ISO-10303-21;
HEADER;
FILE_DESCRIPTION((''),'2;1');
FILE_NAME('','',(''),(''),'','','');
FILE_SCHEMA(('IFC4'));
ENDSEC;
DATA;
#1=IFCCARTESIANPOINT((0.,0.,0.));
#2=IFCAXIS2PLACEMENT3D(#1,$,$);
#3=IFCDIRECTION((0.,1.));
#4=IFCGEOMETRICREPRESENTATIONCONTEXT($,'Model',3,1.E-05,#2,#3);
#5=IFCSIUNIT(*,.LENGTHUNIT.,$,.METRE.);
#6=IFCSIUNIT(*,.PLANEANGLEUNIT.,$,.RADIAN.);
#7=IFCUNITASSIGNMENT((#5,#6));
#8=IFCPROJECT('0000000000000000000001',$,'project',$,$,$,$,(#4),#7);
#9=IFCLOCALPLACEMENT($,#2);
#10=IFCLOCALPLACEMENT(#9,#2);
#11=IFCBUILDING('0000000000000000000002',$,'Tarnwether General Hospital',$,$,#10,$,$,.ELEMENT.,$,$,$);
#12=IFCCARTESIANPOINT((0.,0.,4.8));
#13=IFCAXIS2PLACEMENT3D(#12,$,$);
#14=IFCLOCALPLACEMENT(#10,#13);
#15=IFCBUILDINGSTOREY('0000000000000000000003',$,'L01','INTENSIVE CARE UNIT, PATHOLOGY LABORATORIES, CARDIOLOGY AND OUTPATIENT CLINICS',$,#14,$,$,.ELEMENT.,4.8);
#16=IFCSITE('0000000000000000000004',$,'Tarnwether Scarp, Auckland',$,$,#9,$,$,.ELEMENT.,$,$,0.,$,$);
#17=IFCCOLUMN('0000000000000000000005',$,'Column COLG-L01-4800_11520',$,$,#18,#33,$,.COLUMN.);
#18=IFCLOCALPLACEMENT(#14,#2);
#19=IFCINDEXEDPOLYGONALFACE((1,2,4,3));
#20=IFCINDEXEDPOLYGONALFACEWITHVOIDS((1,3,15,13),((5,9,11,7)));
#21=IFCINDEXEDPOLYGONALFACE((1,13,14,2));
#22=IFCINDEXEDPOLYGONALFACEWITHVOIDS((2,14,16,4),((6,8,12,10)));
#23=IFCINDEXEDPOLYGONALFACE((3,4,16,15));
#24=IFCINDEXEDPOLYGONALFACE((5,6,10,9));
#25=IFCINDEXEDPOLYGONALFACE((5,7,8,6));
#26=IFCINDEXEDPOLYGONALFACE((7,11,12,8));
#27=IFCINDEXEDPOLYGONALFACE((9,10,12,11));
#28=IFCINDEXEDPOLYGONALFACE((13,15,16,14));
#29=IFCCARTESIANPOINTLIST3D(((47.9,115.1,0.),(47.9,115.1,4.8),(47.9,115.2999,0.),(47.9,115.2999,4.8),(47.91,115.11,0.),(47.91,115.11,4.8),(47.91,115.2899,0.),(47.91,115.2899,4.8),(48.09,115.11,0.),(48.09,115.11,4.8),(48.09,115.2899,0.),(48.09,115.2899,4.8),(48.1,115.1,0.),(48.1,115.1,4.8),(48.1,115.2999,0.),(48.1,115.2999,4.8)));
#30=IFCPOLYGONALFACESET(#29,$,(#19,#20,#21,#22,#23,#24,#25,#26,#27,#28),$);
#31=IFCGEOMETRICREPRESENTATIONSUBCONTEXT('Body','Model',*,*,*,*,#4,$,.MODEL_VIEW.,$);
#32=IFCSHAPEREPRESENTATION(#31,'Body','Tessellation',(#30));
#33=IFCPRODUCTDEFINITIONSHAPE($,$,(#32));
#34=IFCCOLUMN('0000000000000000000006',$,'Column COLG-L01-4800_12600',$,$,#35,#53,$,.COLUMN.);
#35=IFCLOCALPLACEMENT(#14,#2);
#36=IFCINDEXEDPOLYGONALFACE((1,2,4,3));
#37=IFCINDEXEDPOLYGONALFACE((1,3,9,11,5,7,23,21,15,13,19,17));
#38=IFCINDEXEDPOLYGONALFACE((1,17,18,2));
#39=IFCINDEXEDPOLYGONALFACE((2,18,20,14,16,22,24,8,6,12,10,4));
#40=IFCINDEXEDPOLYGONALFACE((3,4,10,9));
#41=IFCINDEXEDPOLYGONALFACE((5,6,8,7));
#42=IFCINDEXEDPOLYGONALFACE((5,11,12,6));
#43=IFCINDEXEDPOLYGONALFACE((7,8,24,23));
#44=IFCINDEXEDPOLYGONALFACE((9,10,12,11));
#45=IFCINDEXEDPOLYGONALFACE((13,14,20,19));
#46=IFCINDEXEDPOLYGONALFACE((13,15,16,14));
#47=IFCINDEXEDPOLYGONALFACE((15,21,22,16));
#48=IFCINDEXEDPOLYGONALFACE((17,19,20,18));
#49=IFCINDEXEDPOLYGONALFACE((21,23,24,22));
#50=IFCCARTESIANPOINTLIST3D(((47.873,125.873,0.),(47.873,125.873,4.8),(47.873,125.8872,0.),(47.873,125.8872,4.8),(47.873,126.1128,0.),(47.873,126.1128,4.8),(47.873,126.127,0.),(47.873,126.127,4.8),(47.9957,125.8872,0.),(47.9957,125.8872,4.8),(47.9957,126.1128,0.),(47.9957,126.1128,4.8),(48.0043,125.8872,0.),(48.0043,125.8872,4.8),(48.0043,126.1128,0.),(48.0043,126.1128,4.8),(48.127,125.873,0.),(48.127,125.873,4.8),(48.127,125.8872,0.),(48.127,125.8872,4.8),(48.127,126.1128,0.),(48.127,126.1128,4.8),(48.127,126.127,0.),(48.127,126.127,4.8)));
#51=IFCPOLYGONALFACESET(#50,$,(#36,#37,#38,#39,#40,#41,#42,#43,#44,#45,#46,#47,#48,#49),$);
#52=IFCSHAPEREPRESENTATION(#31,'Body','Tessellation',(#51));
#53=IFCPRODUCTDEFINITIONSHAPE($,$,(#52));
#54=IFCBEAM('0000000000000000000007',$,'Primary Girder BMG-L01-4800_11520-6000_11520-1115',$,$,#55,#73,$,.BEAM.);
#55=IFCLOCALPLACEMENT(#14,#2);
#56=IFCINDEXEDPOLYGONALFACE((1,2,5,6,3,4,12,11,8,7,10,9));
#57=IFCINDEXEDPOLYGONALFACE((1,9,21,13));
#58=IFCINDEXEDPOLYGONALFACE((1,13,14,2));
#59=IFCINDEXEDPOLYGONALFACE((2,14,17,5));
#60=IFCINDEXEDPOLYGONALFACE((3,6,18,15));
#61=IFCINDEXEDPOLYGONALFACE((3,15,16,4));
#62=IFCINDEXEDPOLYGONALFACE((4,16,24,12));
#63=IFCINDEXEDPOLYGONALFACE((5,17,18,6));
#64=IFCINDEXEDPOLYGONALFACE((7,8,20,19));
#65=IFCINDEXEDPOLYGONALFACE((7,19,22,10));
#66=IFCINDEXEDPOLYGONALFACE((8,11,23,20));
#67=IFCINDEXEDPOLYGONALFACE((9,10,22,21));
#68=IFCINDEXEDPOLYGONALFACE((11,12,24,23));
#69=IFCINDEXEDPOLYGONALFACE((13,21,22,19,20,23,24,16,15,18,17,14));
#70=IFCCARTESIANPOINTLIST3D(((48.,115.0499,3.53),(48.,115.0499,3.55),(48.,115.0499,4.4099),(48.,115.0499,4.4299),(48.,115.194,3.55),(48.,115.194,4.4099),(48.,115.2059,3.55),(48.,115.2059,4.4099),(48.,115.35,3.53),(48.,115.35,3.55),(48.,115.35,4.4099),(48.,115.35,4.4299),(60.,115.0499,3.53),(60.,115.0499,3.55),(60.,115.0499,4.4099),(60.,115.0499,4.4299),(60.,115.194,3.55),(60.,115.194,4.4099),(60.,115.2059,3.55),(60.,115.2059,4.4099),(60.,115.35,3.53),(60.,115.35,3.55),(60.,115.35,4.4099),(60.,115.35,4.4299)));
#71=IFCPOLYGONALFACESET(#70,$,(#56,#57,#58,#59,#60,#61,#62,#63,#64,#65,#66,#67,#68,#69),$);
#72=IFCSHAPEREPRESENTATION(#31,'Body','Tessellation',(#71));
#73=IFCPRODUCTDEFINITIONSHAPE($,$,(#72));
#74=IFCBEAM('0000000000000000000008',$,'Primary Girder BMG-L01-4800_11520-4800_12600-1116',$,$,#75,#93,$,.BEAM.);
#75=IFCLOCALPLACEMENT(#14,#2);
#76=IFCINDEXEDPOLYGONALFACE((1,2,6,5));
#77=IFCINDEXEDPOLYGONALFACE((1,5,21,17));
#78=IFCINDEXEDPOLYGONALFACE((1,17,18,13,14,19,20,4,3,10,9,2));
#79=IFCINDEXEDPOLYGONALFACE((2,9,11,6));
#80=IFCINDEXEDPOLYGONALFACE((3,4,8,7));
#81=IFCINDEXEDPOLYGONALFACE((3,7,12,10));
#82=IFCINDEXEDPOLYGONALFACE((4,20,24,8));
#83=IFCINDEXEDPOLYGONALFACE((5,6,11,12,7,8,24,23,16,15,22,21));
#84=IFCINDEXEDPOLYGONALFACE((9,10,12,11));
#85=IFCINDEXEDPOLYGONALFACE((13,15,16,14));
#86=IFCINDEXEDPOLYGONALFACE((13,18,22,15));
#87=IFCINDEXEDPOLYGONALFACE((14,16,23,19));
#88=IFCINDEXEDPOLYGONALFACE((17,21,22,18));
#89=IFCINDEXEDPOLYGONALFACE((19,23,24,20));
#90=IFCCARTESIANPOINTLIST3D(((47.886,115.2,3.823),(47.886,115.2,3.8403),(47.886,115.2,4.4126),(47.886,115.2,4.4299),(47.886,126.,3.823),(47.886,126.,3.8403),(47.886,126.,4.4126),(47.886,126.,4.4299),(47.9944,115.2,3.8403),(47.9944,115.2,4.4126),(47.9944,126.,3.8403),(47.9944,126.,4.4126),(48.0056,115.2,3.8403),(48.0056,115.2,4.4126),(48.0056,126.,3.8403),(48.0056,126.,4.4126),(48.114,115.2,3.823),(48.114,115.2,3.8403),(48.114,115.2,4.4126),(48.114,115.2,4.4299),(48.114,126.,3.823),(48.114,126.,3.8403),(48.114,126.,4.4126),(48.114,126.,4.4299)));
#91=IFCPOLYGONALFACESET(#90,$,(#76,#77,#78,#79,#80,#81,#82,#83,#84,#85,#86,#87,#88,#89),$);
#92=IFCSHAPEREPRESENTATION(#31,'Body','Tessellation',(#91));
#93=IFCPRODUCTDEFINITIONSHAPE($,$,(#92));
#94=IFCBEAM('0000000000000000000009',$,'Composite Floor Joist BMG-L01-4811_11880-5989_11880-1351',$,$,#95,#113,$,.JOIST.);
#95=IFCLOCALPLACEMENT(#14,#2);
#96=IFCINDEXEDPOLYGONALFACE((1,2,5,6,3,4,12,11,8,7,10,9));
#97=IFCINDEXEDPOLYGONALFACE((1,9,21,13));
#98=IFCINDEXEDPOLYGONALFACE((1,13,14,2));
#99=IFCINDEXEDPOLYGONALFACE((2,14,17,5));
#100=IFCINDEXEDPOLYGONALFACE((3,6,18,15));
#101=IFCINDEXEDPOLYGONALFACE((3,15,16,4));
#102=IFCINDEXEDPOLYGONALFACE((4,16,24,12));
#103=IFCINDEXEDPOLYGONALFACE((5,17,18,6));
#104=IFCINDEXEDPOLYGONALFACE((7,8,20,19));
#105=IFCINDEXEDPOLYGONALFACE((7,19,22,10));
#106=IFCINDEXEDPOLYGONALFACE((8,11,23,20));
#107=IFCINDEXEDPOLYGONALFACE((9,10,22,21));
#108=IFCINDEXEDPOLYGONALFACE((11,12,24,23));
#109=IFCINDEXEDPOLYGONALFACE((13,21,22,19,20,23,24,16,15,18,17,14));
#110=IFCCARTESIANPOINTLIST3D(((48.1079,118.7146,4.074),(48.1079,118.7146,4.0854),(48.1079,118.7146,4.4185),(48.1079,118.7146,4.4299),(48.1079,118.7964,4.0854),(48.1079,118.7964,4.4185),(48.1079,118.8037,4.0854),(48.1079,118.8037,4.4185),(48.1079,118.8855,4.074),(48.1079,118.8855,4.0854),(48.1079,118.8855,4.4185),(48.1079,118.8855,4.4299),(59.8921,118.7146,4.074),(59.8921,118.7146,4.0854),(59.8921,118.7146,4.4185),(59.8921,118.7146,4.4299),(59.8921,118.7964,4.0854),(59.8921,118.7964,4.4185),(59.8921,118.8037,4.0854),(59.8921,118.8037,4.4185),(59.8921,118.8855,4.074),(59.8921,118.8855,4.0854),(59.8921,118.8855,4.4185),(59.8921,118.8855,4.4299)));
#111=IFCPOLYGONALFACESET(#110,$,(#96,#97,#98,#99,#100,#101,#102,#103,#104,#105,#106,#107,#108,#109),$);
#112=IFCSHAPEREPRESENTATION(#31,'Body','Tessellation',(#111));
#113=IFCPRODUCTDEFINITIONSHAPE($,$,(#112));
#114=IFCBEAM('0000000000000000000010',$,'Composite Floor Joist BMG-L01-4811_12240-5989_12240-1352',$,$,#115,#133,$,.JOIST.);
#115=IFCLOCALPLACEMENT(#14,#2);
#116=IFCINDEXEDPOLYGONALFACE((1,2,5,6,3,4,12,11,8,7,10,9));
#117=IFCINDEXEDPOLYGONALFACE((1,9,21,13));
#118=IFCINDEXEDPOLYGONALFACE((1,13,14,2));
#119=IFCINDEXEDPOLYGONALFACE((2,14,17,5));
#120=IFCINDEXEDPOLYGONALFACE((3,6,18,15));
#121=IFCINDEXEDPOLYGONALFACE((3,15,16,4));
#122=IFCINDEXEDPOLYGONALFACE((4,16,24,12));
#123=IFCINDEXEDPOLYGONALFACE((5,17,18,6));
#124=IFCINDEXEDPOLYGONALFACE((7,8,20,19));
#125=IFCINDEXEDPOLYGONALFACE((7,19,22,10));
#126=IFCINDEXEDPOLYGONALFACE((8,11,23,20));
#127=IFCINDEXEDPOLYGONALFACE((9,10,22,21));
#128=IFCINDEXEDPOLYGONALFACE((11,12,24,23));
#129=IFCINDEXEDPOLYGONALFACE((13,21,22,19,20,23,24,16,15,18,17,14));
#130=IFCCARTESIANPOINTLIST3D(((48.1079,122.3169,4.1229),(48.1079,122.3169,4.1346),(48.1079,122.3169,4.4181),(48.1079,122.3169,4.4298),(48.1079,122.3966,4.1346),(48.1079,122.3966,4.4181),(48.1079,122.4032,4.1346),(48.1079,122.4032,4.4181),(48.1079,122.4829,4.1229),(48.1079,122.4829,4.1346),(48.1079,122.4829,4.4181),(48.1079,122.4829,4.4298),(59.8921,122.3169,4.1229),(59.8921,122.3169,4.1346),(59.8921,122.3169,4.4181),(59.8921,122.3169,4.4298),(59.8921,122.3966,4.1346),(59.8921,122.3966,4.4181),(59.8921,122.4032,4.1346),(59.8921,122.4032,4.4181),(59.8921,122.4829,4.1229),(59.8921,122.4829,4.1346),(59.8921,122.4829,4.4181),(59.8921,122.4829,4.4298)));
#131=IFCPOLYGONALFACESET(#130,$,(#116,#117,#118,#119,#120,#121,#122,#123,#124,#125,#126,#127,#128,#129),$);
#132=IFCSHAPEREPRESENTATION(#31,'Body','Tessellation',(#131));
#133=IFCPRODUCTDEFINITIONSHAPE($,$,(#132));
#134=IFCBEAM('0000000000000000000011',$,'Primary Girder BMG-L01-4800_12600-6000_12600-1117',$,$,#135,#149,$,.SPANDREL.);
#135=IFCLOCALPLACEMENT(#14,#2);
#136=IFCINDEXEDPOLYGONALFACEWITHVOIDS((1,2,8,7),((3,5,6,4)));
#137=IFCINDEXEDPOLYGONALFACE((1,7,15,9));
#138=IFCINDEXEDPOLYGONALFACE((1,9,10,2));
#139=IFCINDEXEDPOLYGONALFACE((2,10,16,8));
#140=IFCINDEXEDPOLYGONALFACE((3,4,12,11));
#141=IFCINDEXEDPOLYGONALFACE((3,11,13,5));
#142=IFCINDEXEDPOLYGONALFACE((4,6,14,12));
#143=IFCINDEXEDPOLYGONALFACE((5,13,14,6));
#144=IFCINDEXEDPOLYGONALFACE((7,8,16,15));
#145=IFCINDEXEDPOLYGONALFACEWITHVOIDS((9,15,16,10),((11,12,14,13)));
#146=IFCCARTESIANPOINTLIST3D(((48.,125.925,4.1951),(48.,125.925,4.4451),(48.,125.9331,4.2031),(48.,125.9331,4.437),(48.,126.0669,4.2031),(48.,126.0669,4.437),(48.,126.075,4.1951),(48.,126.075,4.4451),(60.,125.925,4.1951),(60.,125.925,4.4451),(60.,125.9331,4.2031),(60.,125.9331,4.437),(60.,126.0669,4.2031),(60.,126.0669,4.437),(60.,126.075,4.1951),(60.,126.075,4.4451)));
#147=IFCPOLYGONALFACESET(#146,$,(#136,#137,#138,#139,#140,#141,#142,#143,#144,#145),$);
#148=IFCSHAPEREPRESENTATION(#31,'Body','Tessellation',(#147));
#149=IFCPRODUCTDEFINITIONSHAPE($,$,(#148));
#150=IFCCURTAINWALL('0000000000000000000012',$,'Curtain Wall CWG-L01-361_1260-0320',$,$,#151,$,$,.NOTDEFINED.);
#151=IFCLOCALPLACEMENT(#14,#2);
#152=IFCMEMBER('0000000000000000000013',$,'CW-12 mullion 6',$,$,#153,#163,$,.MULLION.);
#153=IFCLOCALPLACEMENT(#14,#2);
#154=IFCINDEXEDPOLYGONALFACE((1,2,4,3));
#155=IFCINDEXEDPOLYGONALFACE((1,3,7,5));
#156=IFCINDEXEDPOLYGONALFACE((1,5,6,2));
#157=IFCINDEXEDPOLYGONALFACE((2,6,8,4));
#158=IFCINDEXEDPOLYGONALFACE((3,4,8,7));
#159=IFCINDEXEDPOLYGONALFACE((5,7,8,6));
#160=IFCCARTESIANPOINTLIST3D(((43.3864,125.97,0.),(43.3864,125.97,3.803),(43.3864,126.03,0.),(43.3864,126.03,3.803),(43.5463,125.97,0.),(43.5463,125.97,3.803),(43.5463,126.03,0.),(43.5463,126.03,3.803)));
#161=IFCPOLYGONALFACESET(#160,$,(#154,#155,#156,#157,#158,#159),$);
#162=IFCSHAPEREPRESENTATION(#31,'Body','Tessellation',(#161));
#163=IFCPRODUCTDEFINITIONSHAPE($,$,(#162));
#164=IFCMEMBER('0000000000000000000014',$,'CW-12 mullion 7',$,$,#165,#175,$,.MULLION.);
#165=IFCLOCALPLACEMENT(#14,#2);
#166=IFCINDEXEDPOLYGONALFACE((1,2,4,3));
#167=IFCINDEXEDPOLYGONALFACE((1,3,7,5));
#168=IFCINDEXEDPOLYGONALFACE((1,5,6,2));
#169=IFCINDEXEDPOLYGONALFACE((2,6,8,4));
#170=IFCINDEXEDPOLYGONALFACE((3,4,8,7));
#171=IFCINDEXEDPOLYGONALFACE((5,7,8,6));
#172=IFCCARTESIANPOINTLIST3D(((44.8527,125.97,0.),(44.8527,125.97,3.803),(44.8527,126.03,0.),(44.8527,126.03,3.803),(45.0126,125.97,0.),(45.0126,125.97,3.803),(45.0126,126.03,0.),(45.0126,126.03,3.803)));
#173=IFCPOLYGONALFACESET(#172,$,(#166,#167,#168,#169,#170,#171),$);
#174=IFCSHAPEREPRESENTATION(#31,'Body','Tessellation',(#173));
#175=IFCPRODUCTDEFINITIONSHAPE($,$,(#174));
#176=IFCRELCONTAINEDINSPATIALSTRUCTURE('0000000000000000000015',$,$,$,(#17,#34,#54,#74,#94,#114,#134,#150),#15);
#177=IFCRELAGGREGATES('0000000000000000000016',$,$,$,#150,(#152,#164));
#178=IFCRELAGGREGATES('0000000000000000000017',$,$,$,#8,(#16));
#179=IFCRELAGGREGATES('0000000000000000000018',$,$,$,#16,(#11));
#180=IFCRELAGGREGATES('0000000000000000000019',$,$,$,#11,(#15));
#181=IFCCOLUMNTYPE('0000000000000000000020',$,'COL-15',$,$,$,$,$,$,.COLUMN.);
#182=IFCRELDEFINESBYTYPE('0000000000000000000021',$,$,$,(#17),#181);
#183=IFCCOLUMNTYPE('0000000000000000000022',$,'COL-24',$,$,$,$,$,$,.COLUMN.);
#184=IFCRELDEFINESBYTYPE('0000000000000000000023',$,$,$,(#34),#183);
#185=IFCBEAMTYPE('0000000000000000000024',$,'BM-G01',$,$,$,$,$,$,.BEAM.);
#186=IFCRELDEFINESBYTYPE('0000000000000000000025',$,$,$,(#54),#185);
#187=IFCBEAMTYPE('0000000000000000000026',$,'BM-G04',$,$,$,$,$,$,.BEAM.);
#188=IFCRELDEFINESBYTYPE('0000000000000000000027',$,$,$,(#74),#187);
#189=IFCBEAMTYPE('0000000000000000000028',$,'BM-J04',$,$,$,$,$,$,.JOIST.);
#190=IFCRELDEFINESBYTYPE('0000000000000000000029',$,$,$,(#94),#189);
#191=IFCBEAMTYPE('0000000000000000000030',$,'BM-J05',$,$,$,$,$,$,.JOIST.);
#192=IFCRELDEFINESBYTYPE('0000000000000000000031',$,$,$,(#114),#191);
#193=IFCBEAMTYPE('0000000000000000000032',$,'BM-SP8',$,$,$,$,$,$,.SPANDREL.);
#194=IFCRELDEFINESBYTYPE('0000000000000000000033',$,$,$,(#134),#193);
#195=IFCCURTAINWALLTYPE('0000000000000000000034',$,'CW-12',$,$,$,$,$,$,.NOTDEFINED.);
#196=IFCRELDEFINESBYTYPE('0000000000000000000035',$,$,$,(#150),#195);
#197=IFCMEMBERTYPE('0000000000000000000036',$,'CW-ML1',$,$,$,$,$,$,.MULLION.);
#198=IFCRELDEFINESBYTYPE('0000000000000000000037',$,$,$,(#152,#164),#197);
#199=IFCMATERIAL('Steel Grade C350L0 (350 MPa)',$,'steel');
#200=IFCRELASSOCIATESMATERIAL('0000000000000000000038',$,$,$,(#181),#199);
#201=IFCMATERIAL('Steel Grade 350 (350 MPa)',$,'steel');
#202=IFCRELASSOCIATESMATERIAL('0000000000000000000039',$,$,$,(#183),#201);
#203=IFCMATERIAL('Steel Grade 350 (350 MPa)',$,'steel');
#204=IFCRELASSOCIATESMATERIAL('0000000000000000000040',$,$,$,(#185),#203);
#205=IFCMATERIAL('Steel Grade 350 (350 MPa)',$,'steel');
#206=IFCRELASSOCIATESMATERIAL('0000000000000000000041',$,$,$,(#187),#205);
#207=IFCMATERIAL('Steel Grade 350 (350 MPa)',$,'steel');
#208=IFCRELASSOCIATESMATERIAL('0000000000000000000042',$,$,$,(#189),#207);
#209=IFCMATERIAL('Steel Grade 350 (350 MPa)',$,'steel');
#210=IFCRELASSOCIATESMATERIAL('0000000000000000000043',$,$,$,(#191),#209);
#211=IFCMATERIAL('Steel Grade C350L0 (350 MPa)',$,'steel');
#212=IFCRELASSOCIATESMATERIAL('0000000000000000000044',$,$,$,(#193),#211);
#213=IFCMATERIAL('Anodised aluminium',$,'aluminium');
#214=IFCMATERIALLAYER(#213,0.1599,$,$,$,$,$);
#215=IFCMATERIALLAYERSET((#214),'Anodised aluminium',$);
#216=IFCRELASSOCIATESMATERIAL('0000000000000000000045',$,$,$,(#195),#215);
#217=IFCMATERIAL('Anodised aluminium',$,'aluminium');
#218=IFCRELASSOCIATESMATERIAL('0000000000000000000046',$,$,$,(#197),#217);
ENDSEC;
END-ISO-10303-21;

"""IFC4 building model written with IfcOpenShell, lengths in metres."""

from ifc_helpers import new_model, si_unit, direction, frame, origin, origin_2d, place, context, subcontext, project, spatial, rectangle, hollow_rectangle, i_section, extrude, material, layer, layer_set, material_profile, profile_set, type_object, element, aggregate, save


model = new_model("IFC4")

# Units and contexts
model_context = context("Model", 3, precision=1e-05, world=origin(), true_north=direction((0.0, 1.0)))
body_context = subcontext(model_context, "Body", "Model", "MODEL_VIEW")
ifc_project = project(units=[si_unit("LENGTHUNIT", "METRE"), si_unit("PLANEANGLEUNIT", "RADIAN")], contexts=[model_context])

# Site, building, storey
site_placement = place(None, origin())
site = spatial("IfcSite", under=ifc_project, at=site_placement, Name="Tarnwether Scarp, Auckland", CompositionType="ELEMENT", RefElevation=0.0)
building_placement = place(site_placement, origin())
building = spatial("IfcBuilding", under=site, at=building_placement, Name="Tarnwether General Hospital", CompositionType="ELEMENT")
storey_placement = place(building_placement, frame((0.0, 0.0, 4.8)))
storey = spatial("IfcBuildingStorey", under=building, at=storey_placement, Name="L01", Description="INTENSIVE CARE UNIT, PATHOLOGY LABORATORIES, CARDIOLOGY AND OUTPATIENT CLINICS", CompositionType="ELEMENT", Elevation=4.8)

# Columns
ifc_material_1 = material(Name="Steel Grade C350L0 (350 MPa)", Category="steel")
ifc_material_profile_1 = material_profile(ifc_material_1, hollow_rectangle(XDim=0.2, YDim=0.2, WallThickness=0.01, at=origin_2d()), Name="SHS200x200x10")
ifc_profile_set_1 = profile_set([ifc_material_profile_1], Name="Steel Grade C350L0 (350 MPa)")
column_type_1 = type_object("IfcColumnType", Name="COL-15", PredefinedType="COLUMN", material=ifc_profile_set_1)
column_1_placement = place(storey_placement, frame((48.0, 115.2, 0.0), z_axis=(0.0, 0.0, 1.0), x_axis=(1.0, 0.0, 0.0)))
element("IfcColumn", 1, at=column_1_placement, inside=storey, type_object=column_type_1, Name="Column COLG-L01-4800_11520", PredefinedType="COLUMN", context=body_context, shape_type="SweptSolid", body=[
    extrude(hollow_rectangle(XDim=0.2, YDim=0.2, WallThickness=0.01, at=origin_2d()), origin(), (0.0, 0.0, 1.0), 4.8),
])
ifc_material_2 = material(Name="Steel Grade 350 (350 MPa)", Category="steel")
ifc_material_profile_2 = material_profile(ifc_material_2, i_section(OverallWidth=0.2539, OverallDepth=0.2539, WebThickness=0.0085, FlangeThickness=0.0142, at=origin_2d()), Name="250UC72.9")
ifc_profile_set_2 = profile_set([ifc_material_profile_2], Name="Steel Grade 350 (350 MPa)")
column_type_2 = type_object("IfcColumnType", Name="COL-24", PredefinedType="COLUMN", material=ifc_profile_set_2)
column_2_placement = place(storey_placement, frame((48.0, 126.0, 0.0), z_axis=(0.0, 0.0, 1.0), x_axis=(1.0, 0.0, 0.0)))
element("IfcColumn", 2, at=column_2_placement, inside=storey, type_object=column_type_2, Name="Column COLG-L01-4800_12600", PredefinedType="COLUMN", context=body_context, shape_type="SweptSolid", body=[
    extrude(i_section(OverallWidth=0.2539, OverallDepth=0.2539, WebThickness=0.0085, FlangeThickness=0.0142, at=origin_2d()), origin(), (0.0, 0.0, 1.0), 4.8),
])

# Beams
ifc_material_3 = material(Name="Steel Grade 350 (350 MPa)", Category="steel")
ifc_material_profile_3 = material_profile(ifc_material_3, i_section(OverallWidth=0.3, OverallDepth=0.8999, WebThickness=0.012, FlangeThickness=0.02, at=origin_2d()), Name="900WB175")
ifc_profile_set_3 = profile_set([ifc_material_profile_3], Name="Steel Grade 350 (350 MPa)")
beam_type_1 = type_object("IfcBeamType", Name="BM-G01", PredefinedType="BEAM", material=ifc_profile_set_3)
beam_1_placement = place(storey_placement, frame((48.0, 115.2, 3.98), z_axis=(1.0, 0.0, 0.0), x_axis=(0.0, 1.0, 0.0)))
element("IfcBeam", 3, at=beam_1_placement, inside=storey, type_object=beam_type_1, Name="Primary Girder BMG-L01-4800_11520-6000_11520-1115", PredefinedType="BEAM", context=body_context, shape_type="SweptSolid", body=[
    extrude(i_section(OverallWidth=0.3, OverallDepth=0.8999, WebThickness=0.012, FlangeThickness=0.02, at=origin_2d()), origin(), (0.0, 0.0, 1.0), 12.0),
])
ifc_material_4 = material(Name="Steel Grade 350 (350 MPa)", Category="steel")
ifc_material_profile_4 = material_profile(ifc_material_4, i_section(OverallWidth=0.228, OverallDepth=0.6069, WebThickness=0.0112, FlangeThickness=0.0173, at=origin_2d()), Name="610UB113")
ifc_profile_set_4 = profile_set([ifc_material_profile_4], Name="Steel Grade 350 (350 MPa)")
beam_type_2 = type_object("IfcBeamType", Name="BM-G04", PredefinedType="BEAM", material=ifc_profile_set_4)
beam_2_placement = place(storey_placement, frame((48.0, 115.2, 4.1265), z_axis=(0.0, 1.0, 0.0), x_axis=(-1.0, 0.0, 0.0)))
element("IfcBeam", 4, at=beam_2_placement, inside=storey, type_object=beam_type_2, Name="Primary Girder BMG-L01-4800_11520-4800_12600-1116", PredefinedType="BEAM", context=body_context, shape_type="SweptSolid", body=[
    extrude(i_section(OverallWidth=0.228, OverallDepth=0.6069, WebThickness=0.0112, FlangeThickness=0.0173, at=origin_2d()), origin(), (0.0, 0.0, 1.0), 10.8),
])
ifc_material_5 = material(Name="Steel Grade 350 (350 MPa)", Category="steel")
ifc_material_profile_5 = material_profile(ifc_material_5, i_section(OverallWidth=0.1709, OverallDepth=0.356, WebThickness=0.0073, FlangeThickness=0.0115, at=origin_2d()), Name="360UB50.7")
ifc_profile_set_5 = profile_set([ifc_material_profile_5], Name="Steel Grade 350 (350 MPa)")
beam_type_3 = type_object("IfcBeamType", Name="BM-J04", PredefinedType="JOIST", material=ifc_profile_set_5)
beam_3_placement = place(storey_placement, frame((48.1079, 118.8, 4.252), z_axis=(1.0, 0.0, 0.0), x_axis=(0.0, 1.0, 0.0)))
element("IfcBeam", 5, at=beam_3_placement, inside=storey, type_object=beam_type_3, Name="Composite Floor Joist BMG-L01-4811_11880-5989_11880-1351", PredefinedType="JOIST", context=body_context, shape_type="SweptSolid", body=[
    extrude(i_section(OverallWidth=0.1709, OverallDepth=0.356, WebThickness=0.0073, FlangeThickness=0.0115, at=origin_2d()), origin(), (0.0, 0.0, 1.0), 11.7842),
])
ifc_material_6 = material(Name="Steel Grade 350 (350 MPa)", Category="steel")
ifc_material_profile_6 = material_profile(ifc_material_6, i_section(OverallWidth=0.166, OverallDepth=0.3069, WebThickness=0.0066, FlangeThickness=0.0117, at=origin_2d()), Name="310UB46.2")
ifc_profile_set_6 = profile_set([ifc_material_profile_6], Name="Steel Grade 350 (350 MPa)")
beam_type_4 = type_object("IfcBeamType", Name="BM-J05", PredefinedType="JOIST", material=ifc_profile_set_6)
beam_4_placement = place(storey_placement, frame((48.1079, 122.3999, 4.2764), z_axis=(1.0, 0.0, 0.0), x_axis=(0.0, 1.0, 0.0)))
element("IfcBeam", 6, at=beam_4_placement, inside=storey, type_object=beam_type_4, Name="Composite Floor Joist BMG-L01-4811_12240-5989_12240-1352", PredefinedType="JOIST", context=body_context, shape_type="SweptSolid", body=[
    extrude(i_section(OverallWidth=0.166, OverallDepth=0.3069, WebThickness=0.0066, FlangeThickness=0.0117, at=origin_2d()), origin(), (0.0, 0.0, 1.0), 11.7842),
])
ifc_material_7 = material(Name="Steel Grade C350L0 (350 MPa)", Category="steel")
ifc_material_profile_7 = material_profile(ifc_material_7, hollow_rectangle(XDim=0.1499, YDim=0.25, WallThickness=0.0081, at=origin_2d()), Name="RHS250x150x8")
ifc_profile_set_7 = profile_set([ifc_material_profile_7], Name="Steel Grade C350L0 (350 MPa)")
beam_type_5 = type_object("IfcBeamType", Name="BM-SP8", PredefinedType="SPANDREL", material=ifc_profile_set_7)
beam_5_placement = place(storey_placement, frame((48.0, 126.0, 4.3201), z_axis=(1.0, 0.0, 0.0), x_axis=(0.0, 1.0, 0.0)))
element("IfcBeam", 7, at=beam_5_placement, inside=storey, type_object=beam_type_5, Name="Primary Girder BMG-L01-4800_12600-6000_12600-1117", PredefinedType="SPANDREL", context=body_context, shape_type="SweptSolid", body=[
    extrude(hollow_rectangle(XDim=0.1499, YDim=0.25, WallThickness=0.0081, at=origin_2d()), origin(), (0.0, 0.0, 1.0), 12.0),
])

# Curtain wall, members
ifc_material_8 = material(Name="Anodised aluminium", Category="aluminium")
ifc_layer_1 = layer(ifc_material_8, 0.1599)
ifc_layer_set_1 = layer_set([ifc_layer_1], Name="Anodised aluminium")
curtain_wall_type = type_object("IfcCurtainWallType", Name="CW-12", PredefinedType="NOTDEFINED", material=ifc_layer_set_1)
curtain_wall_1_placement = place(storey_placement, origin())
curtain_wall_1 = element("IfcCurtainWall", 8, at=curtain_wall_1_placement, inside=storey, type_object=curtain_wall_type, Name="Curtain Wall CWG-L01-361_1260-0320", PredefinedType="NOTDEFINED")
ifc_material_9 = material(Name="Anodised aluminium", Category="aluminium")
ifc_material_profile_8 = material_profile(ifc_material_9, rectangle(XDim=0.0601, YDim=0.1599, at=origin_2d()), Name="ALU-MUL-60x160")
ifc_profile_set_8 = profile_set([ifc_material_profile_8], Name="Anodised aluminium")
member_type_1 = type_object("IfcMemberType", Name="CW-ML1", PredefinedType="MULLION", material=ifc_profile_set_8)
member_1_placement = place(storey_placement, frame((43.4663, 126.0, 0.0), z_axis=(0.0, 0.0, 1.0), x_axis=(0.0, 1.0, 0.0)))
member_1 = element("IfcMember", 9, at=member_1_placement, type_object=member_type_1, Name="CW-12 mullion 6", PredefinedType="MULLION", context=body_context, shape_type="SweptSolid", body=[
    extrude(rectangle(XDim=0.0601, YDim=0.1599, at=origin_2d()), origin(), (0.0, 0.0, 1.0), 3.803),
])
member_2_placement = place(storey_placement, frame((44.9326, 126.0, 0.0), z_axis=(0.0, 0.0, 1.0), x_axis=(0.0, 1.0, 0.0)))
member_2 = element("IfcMember", 10, at=member_2_placement, type_object=member_type_1, Name="CW-12 mullion 7", PredefinedType="MULLION", context=body_context, shape_type="SweptSolid", body=[
    extrude(rectangle(XDim=0.0601, YDim=0.1599, at=origin_2d()), origin(), (0.0, 0.0, 1.0), 3.803),
])

aggregate(curtain_wall_1, [member_1, member_2])

save(model, "model.ifc")
